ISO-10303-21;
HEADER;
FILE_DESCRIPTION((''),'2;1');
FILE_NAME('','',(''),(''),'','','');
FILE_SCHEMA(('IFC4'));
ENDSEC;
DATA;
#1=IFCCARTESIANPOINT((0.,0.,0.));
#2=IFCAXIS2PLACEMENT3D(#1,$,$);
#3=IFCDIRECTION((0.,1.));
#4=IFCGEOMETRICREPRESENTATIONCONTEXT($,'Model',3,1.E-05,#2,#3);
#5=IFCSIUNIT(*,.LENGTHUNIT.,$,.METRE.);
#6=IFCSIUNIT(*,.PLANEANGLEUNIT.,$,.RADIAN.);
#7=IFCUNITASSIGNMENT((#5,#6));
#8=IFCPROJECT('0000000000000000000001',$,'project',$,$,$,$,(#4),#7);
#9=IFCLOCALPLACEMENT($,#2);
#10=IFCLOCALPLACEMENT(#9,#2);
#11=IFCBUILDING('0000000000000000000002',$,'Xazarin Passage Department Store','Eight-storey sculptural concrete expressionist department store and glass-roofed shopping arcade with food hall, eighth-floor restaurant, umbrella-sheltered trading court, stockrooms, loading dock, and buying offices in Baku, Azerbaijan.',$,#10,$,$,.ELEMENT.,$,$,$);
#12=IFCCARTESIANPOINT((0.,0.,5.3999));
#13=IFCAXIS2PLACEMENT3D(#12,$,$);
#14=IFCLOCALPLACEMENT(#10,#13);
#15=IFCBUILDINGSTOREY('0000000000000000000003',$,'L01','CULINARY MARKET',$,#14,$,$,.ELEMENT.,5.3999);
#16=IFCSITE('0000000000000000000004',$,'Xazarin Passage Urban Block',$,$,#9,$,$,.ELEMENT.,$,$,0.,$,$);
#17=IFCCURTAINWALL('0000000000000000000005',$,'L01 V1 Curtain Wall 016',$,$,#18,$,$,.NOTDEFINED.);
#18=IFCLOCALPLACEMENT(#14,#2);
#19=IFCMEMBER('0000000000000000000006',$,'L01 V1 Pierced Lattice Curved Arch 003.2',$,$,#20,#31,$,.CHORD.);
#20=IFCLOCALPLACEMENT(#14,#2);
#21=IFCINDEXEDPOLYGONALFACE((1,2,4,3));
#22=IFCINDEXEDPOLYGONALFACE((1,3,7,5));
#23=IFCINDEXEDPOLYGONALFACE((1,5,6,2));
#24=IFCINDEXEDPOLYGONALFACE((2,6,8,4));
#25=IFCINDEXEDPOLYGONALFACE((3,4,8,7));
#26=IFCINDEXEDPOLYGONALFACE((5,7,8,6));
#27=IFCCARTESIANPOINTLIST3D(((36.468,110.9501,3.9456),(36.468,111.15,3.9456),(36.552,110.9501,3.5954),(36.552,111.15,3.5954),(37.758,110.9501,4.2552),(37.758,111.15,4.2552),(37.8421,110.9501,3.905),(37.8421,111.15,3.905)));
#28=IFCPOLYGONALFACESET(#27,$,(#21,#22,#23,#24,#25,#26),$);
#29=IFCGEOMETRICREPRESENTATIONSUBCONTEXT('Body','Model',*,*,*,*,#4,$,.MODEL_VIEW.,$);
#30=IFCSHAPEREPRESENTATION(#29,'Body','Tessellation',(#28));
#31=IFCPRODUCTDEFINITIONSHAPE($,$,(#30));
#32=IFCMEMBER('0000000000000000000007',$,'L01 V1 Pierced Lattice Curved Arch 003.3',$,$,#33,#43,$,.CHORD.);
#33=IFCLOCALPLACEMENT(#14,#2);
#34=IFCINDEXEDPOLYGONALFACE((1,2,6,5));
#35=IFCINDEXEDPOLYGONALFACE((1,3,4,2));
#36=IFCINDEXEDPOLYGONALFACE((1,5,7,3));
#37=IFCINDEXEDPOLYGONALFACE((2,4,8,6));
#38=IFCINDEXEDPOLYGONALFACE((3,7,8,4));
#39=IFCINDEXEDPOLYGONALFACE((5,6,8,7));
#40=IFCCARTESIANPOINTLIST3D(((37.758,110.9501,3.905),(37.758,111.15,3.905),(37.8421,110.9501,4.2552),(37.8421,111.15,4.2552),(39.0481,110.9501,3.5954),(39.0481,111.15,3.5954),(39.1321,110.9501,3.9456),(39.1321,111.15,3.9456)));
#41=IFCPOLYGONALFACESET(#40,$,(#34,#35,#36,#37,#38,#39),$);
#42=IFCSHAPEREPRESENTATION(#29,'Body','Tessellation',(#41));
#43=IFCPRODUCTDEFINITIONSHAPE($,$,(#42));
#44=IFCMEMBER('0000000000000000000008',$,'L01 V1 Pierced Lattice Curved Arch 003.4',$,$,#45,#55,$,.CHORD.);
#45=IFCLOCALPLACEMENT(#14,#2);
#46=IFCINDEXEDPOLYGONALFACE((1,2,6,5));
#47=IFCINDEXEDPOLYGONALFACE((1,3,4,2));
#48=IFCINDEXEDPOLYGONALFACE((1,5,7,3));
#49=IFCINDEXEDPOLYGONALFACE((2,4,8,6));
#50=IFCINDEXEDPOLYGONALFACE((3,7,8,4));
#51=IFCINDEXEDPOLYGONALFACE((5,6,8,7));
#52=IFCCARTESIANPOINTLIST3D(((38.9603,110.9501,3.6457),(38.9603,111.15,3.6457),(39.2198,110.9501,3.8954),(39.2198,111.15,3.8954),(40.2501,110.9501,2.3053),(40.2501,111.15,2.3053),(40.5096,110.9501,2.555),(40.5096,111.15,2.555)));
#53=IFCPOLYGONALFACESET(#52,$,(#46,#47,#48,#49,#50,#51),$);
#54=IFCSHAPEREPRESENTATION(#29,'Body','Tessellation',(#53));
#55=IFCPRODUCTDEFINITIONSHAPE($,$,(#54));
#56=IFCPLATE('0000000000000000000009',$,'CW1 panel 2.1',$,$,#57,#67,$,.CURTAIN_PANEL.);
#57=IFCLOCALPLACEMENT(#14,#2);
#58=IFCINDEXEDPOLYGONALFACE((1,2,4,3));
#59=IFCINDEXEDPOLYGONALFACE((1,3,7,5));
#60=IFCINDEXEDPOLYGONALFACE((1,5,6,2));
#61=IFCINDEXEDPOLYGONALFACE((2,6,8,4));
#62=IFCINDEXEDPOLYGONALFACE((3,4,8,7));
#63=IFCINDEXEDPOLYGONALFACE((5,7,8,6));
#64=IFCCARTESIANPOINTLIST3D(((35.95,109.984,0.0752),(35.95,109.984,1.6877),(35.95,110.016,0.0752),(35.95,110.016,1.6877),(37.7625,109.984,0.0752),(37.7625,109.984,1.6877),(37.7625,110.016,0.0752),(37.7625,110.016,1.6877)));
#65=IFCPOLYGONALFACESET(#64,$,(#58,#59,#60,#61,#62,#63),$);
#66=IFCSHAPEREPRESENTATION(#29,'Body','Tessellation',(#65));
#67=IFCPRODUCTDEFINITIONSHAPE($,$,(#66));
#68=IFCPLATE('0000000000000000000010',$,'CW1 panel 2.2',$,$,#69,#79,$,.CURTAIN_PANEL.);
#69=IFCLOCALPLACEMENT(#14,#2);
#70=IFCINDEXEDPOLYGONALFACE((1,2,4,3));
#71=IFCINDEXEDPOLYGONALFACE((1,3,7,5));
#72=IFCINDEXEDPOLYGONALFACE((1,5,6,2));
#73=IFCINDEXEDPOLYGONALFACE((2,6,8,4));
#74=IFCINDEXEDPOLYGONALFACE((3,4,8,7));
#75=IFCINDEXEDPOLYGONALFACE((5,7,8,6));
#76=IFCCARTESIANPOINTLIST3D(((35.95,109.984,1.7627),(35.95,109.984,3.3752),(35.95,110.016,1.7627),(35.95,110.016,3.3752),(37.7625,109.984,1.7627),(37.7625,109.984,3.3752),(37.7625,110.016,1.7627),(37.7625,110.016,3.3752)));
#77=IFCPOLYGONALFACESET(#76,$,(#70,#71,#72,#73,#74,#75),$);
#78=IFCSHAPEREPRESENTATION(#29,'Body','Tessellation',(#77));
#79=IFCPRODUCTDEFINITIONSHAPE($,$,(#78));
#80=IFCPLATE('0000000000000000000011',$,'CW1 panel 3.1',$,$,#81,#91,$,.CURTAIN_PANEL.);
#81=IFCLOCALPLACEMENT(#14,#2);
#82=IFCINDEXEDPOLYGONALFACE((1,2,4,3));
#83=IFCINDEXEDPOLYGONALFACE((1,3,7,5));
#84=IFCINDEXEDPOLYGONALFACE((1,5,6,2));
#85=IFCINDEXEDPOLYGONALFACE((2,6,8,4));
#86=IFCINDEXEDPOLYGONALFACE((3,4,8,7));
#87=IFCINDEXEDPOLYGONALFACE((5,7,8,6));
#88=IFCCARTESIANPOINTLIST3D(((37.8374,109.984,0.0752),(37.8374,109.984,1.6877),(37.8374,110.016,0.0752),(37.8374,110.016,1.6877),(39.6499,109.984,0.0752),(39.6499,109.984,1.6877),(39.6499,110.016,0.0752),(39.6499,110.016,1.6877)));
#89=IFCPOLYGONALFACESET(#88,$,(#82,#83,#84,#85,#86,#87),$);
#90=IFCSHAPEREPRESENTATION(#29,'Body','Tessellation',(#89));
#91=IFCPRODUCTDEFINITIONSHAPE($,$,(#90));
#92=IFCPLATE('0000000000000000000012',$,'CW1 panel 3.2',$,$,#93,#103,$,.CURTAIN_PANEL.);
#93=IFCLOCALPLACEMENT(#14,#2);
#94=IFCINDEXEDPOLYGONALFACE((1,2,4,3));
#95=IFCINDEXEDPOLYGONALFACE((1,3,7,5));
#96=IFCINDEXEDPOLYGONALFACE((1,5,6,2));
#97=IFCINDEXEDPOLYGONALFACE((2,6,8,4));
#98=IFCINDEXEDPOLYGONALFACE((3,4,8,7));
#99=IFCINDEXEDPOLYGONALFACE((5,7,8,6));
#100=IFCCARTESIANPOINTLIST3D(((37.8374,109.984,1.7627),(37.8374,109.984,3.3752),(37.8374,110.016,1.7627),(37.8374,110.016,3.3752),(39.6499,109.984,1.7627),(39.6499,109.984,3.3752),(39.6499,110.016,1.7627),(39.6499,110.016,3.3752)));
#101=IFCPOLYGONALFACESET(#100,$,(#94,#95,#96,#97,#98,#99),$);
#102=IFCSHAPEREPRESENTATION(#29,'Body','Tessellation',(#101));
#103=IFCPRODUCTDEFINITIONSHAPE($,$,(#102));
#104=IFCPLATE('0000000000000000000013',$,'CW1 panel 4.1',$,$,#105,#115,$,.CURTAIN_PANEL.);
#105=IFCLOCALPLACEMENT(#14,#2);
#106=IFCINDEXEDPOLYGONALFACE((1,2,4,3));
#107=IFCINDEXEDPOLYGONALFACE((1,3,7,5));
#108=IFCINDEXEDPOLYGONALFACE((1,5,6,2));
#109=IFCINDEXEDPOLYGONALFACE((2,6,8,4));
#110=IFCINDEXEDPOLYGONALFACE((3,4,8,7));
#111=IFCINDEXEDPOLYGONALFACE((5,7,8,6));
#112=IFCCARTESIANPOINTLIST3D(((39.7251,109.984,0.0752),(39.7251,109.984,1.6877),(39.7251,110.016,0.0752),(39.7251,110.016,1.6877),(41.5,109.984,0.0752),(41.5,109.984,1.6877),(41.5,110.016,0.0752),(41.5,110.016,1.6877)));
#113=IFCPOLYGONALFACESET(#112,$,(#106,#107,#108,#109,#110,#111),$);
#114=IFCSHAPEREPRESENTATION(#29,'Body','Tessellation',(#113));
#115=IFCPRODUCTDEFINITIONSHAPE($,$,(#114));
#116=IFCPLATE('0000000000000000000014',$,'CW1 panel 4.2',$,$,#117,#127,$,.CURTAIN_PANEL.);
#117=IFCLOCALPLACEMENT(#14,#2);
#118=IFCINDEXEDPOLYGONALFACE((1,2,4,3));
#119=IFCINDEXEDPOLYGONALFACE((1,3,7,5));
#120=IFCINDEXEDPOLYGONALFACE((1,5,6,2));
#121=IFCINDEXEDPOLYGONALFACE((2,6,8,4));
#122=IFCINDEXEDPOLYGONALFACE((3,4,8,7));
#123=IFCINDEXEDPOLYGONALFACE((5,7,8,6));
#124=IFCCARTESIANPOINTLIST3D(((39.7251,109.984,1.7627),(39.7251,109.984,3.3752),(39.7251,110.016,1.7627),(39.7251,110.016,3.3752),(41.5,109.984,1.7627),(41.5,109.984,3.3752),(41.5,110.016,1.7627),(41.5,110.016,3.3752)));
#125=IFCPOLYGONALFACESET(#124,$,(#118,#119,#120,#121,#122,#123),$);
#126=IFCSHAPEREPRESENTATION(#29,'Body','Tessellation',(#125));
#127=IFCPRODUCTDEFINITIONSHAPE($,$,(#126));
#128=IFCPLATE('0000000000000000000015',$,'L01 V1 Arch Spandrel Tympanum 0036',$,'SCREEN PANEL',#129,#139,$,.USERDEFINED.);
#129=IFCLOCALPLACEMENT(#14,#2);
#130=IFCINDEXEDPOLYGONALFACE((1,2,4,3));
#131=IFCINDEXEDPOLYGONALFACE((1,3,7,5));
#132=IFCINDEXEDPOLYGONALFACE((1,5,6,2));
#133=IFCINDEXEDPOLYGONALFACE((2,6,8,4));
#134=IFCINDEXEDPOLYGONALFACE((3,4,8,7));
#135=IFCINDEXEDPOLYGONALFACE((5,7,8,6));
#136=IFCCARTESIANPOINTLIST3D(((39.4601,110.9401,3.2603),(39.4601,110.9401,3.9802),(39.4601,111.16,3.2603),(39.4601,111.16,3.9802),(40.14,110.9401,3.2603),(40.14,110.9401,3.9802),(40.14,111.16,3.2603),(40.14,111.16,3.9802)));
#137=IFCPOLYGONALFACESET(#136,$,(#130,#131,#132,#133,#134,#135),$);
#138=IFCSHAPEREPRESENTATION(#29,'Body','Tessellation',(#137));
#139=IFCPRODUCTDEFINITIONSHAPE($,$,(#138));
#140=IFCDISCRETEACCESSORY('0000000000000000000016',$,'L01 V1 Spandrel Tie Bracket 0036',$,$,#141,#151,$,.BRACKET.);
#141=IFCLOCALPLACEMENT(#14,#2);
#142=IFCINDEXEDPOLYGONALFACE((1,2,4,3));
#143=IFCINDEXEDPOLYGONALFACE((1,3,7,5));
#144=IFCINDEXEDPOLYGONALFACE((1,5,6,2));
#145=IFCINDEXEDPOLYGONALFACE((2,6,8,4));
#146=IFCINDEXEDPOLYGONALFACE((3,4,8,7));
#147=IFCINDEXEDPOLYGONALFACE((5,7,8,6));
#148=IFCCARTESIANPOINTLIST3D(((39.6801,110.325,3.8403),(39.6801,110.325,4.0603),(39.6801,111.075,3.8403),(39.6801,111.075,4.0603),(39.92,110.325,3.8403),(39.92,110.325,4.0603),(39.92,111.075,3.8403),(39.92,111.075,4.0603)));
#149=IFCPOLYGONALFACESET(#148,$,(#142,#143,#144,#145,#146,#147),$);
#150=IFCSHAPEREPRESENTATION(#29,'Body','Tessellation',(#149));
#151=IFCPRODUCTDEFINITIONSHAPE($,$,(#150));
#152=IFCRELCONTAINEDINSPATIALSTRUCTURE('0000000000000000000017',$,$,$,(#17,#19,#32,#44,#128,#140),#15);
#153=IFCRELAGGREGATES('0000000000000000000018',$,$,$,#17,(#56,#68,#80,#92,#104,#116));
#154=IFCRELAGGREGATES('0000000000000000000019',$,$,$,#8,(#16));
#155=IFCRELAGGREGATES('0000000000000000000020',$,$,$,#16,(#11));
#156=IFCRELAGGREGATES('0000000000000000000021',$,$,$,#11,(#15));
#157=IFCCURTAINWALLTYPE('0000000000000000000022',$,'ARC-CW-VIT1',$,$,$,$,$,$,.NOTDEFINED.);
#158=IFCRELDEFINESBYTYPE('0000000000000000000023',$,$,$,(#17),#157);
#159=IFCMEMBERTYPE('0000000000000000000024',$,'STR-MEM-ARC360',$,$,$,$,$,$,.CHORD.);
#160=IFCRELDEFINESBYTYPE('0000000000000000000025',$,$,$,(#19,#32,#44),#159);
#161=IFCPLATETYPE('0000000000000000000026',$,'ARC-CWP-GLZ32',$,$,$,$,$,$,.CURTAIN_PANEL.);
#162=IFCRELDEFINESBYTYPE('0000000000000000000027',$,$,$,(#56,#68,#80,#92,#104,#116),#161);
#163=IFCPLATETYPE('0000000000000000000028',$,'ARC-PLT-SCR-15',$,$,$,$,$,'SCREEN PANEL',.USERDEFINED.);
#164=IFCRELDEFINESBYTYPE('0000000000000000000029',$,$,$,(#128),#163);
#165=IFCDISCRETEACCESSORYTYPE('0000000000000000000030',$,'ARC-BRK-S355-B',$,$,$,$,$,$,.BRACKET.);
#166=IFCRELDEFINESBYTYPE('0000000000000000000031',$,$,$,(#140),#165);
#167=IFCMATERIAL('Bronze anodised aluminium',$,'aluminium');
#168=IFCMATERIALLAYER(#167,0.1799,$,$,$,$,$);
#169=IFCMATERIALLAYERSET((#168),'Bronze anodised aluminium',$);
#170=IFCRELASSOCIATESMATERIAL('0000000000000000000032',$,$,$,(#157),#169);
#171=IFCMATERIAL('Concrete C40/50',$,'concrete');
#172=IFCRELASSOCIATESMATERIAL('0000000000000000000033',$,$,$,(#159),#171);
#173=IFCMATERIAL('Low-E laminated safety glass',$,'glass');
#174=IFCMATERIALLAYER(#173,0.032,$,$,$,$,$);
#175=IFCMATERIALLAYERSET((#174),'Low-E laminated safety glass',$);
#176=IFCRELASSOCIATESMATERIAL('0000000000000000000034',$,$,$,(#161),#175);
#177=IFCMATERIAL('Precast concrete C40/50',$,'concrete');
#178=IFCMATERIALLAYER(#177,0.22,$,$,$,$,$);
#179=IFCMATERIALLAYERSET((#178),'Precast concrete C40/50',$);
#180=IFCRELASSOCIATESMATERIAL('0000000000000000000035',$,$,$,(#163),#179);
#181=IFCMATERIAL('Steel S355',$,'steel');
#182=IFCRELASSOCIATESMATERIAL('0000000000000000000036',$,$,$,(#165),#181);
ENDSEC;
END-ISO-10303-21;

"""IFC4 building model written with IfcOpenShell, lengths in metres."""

from ifc_helpers import new_model, si_unit, direction, frame, origin, origin_2d, place, context, subcontext, project, spatial, rectangle, extrude, material, layer, layer_set, material_profile, profile_set, type_object, element, aggregate, save


model = new_model("IFC4")

# Units and contexts
model_context = context("Model", 3, precision=1e-05, world=origin(), true_north=direction((0.0, 1.0)))
body_context = subcontext(model_context, "Body", "Model", "MODEL_VIEW")
ifc_project = project(units=[si_unit("LENGTHUNIT", "METRE"), si_unit("PLANEANGLEUNIT", "RADIAN")], contexts=[model_context])

# Site, building, storey
site_placement = place(None, origin())
site = spatial("IfcSite", under=ifc_project, at=site_placement, Name="Xazarin Passage Urban Block", CompositionType="ELEMENT", RefElevation=0.0)
building_placement = place(site_placement, origin())
building = spatial("IfcBuilding", under=site, at=building_placement, Name="Xazarin Passage Department Store", Description="Eight-storey sculptural concrete expressionist department store and glass-roofed shopping arcade with food hall, eighth-floor restaurant, umbrella-sheltered trading court, stockrooms, loading dock, and buying offices in Baku, Azerbaijan.", CompositionType="ELEMENT")
storey_placement = place(building_placement, frame((0.0, 0.0, 5.3999)))
storey = spatial("IfcBuildingStorey", under=building, at=storey_placement, Name="L01", Description="CULINARY MARKET", CompositionType="ELEMENT", Elevation=5.3999)

# Shared definitions
ifc_material_1 = material(Name="Concrete C40/50", Category="concrete")

# Curtain wall
ifc_material_2 = material(Name="Bronze anodised aluminium", Category="aluminium")
ifc_layer_1 = layer(ifc_material_2, 0.1799)
ifc_layer_set_1 = layer_set([ifc_layer_1], Name="Bronze anodised aluminium")
curtain_wall_type = type_object("IfcCurtainWallType", Name="ARC-CW-VIT1", PredefinedType="NOTDEFINED", material=ifc_layer_set_1)
curtain_wall_placement = place(storey_placement, origin())
curtain_wall = element("IfcCurtainWall", 1, at=curtain_wall_placement, inside=storey, type_object=curtain_wall_type, Name="L01 V1 Curtain Wall 016", PredefinedType="NOTDEFINED")

# Members
ifc_material_profile_1 = material_profile(ifc_material_1, rectangle(XDim=0.2, YDim=0.3601, at=origin_2d()), Name="RC 200x360")
ifc_profile_set_1 = profile_set([ifc_material_profile_1], Name="Concrete C40/50")
member_type_1 = type_object("IfcMemberType", Name="STR-MEM-ARC360", PredefinedType="CHORD", material=ifc_profile_set_1)
for number, where, z_axis, x_axis, name in (
    (2, (36.51, 111.05, 3.7705), (0.972394, 0.0, 0.233345), (0.0, 1.0, 0.0), "L01 V1 Pierced Lattice Curved Arch 003.2"),
    (3, (37.8, 111.05, 4.0801), (0.972394, 0.0, -0.233345), (0.0, 1.0, 0.0), "L01 V1 Pierced Lattice Curved Arch 003.3"),
):
    element("IfcMember", number, at=place(storey_placement, frame(where, z_axis=z_axis, x_axis=x_axis)), inside=storey, type_object=member_type_1, Name=name, PredefinedType="CHORD", context=body_context, shape_type="SweptSolid", body=[
        extrude(rectangle(XDim=0.2, YDim=0.3601, at=origin_2d()), origin(), (0.0, 0.0, 1.0), 1.3267),
    ])
member_1_placement = place(storey_placement, frame((39.0901, 111.05, 3.7705), z_axis=(0.693392, 0.0, -0.720561), x_axis=(0.0, 1.0, 0.0)))
element("IfcMember", 4, at=member_1_placement, inside=storey, type_object=member_type_1, Name="L01 V1 Pierced Lattice Curved Arch 003.4", PredefinedType="CHORD", context=body_context, shape_type="SweptSolid", body=[
    extrude(rectangle(XDim=0.2, YDim=0.3601, at=origin_2d()), origin(), (0.0, 0.0, 1.0), 1.8601),
])

# Plates
ifc_material_3 = material(Name="Low-E laminated safety glass", Category="glass")
ifc_layer_2 = layer(ifc_material_3, 0.032)
ifc_layer_set_2 = layer_set([ifc_layer_2], Name="Low-E laminated safety glass")
plate_type_1 = type_object("IfcPlateType", Name="ARC-CWP-GLZ32", PredefinedType="CURTAIN_PANEL", material=ifc_layer_set_2)
plate_1_placement = place(storey_placement, frame((36.8562, 110.0, 0.0752), z_axis=(0.0, 0.0, 1.0), x_axis=(1.0, 0.0, 0.0)))
plate_1 = element("IfcPlate", 5, at=plate_1_placement, type_object=plate_type_1, Name="CW1 panel 2.1", PredefinedType="CURTAIN_PANEL", context=body_context, shape_type="SweptSolid", body=[
    extrude(rectangle(XDim=1.8125, YDim=0.032, at=origin_2d()), origin(), (0.0, 0.0, 1.0), 1.6125),
])
plate_2_placement = place(storey_placement, frame((36.8562, 110.0, 1.7627), z_axis=(0.0, 0.0, 1.0), x_axis=(1.0, 0.0, 0.0)))
plate_2 = element("IfcPlate", 6, at=plate_2_placement, type_object=plate_type_1, Name="CW1 panel 2.2", PredefinedType="CURTAIN_PANEL", context=body_context, shape_type="SweptSolid", body=[
    extrude(rectangle(XDim=1.8125, YDim=0.032, at=origin_2d()), origin(), (0.0, 0.0, 1.0), 1.6125),
])
plate_3_placement = place(storey_placement, frame((38.7437, 110.0, 0.0752), z_axis=(0.0, 0.0, 1.0), x_axis=(1.0, 0.0, 0.0)))
plate_3 = element("IfcPlate", 7, at=plate_3_placement, type_object=plate_type_1, Name="CW1 panel 3.1", PredefinedType="CURTAIN_PANEL", context=body_context, shape_type="SweptSolid", body=[
    extrude(rectangle(XDim=1.8125, YDim=0.032, at=origin_2d()), origin(), (0.0, 0.0, 1.0), 1.6125),
])
plate_4_placement = place(storey_placement, frame((38.7437, 110.0, 1.7627), z_axis=(0.0, 0.0, 1.0), x_axis=(1.0, 0.0, 0.0)))
plate_4 = element("IfcPlate", 8, at=plate_4_placement, type_object=plate_type_1, Name="CW1 panel 3.2", PredefinedType="CURTAIN_PANEL", context=body_context, shape_type="SweptSolid", body=[
    extrude(rectangle(XDim=1.8125, YDim=0.032, at=origin_2d()), origin(), (0.0, 0.0, 1.0), 1.6125),
])
plate_5_placement = place(storey_placement, frame((40.6125, 110.0, 0.0752), z_axis=(0.0, 0.0, 1.0), x_axis=(1.0, 0.0, 0.0)))
plate_5 = element("IfcPlate", 9, at=plate_5_placement, type_object=plate_type_1, Name="CW1 panel 4.1", PredefinedType="CURTAIN_PANEL", context=body_context, shape_type="SweptSolid", body=[
    extrude(rectangle(XDim=1.7749, YDim=0.032, at=origin_2d()), origin(), (0.0, 0.0, 1.0), 1.6125),
])
plate_6_placement = place(storey_placement, frame((40.6125, 110.0, 1.7627), z_axis=(0.0, 0.0, 1.0), x_axis=(1.0, 0.0, 0.0)))
plate_6 = element("IfcPlate", 10, at=plate_6_placement, type_object=plate_type_1, Name="CW1 panel 4.2", PredefinedType="CURTAIN_PANEL", context=body_context, shape_type="SweptSolid", body=[
    extrude(rectangle(XDim=1.7749, YDim=0.032, at=origin_2d()), origin(), (0.0, 0.0, 1.0), 1.6125),
])
aggregate(curtain_wall, [plate_1, plate_2, plate_3, plate_4, plate_5, plate_6])
ifc_material_4 = material(Name="Precast concrete C40/50", Category="concrete")
ifc_layer_3 = layer(ifc_material_4, 0.22)
ifc_layer_set_3 = layer_set([ifc_layer_3], Name="Precast concrete C40/50")
plate_type_2 = type_object("IfcPlateType", Name="ARC-PLT-SCR-15", ElementType="SCREEN PANEL", PredefinedType="USERDEFINED", material=ifc_layer_set_3)
plate_7_placement = place(storey_placement, frame((39.8, 111.05, 3.2603), z_axis=(0.0, 0.0, 1.0), x_axis=(1.0, 0.0, 0.0)))
element("IfcPlate", 11, at=plate_7_placement, inside=storey, type_object=plate_type_2, Name="L01 V1 Arch Spandrel Tympanum 0036", ObjectType="SCREEN PANEL", PredefinedType="USERDEFINED", context=body_context, shape_type="SweptSolid", body=[
    extrude(rectangle(XDim=0.6799, YDim=0.22, at=origin_2d()), origin(), (0.0, 0.0, 1.0), 0.72),
])

# Discrete accessory
ifc_material_5 = material(Name="Steel S355", Category="steel")
discrete_accessory_type = type_object("IfcDiscreteAccessoryType", Name="ARC-BRK-S355-B", PredefinedType="BRACKET", material=ifc_material_5)
discrete_accessory_placement = place(storey_placement, frame((39.8, 110.7, 3.8403), z_axis=(0.0, 0.0, 1.0), x_axis=(1.0, 0.0, 0.0)))
element("IfcDiscreteAccessory", 12, at=discrete_accessory_placement, inside=storey, type_object=discrete_accessory_type, Name="L01 V1 Spandrel Tie Bracket 0036", PredefinedType="BRACKET", context=body_context, shape_type="SweptSolid", body=[
    extrude(rectangle(XDim=0.24, YDim=0.75, at=origin_2d()), origin(), (0.0, 0.0, 1.0), 0.22),
])

save(model, "model.ifc")
